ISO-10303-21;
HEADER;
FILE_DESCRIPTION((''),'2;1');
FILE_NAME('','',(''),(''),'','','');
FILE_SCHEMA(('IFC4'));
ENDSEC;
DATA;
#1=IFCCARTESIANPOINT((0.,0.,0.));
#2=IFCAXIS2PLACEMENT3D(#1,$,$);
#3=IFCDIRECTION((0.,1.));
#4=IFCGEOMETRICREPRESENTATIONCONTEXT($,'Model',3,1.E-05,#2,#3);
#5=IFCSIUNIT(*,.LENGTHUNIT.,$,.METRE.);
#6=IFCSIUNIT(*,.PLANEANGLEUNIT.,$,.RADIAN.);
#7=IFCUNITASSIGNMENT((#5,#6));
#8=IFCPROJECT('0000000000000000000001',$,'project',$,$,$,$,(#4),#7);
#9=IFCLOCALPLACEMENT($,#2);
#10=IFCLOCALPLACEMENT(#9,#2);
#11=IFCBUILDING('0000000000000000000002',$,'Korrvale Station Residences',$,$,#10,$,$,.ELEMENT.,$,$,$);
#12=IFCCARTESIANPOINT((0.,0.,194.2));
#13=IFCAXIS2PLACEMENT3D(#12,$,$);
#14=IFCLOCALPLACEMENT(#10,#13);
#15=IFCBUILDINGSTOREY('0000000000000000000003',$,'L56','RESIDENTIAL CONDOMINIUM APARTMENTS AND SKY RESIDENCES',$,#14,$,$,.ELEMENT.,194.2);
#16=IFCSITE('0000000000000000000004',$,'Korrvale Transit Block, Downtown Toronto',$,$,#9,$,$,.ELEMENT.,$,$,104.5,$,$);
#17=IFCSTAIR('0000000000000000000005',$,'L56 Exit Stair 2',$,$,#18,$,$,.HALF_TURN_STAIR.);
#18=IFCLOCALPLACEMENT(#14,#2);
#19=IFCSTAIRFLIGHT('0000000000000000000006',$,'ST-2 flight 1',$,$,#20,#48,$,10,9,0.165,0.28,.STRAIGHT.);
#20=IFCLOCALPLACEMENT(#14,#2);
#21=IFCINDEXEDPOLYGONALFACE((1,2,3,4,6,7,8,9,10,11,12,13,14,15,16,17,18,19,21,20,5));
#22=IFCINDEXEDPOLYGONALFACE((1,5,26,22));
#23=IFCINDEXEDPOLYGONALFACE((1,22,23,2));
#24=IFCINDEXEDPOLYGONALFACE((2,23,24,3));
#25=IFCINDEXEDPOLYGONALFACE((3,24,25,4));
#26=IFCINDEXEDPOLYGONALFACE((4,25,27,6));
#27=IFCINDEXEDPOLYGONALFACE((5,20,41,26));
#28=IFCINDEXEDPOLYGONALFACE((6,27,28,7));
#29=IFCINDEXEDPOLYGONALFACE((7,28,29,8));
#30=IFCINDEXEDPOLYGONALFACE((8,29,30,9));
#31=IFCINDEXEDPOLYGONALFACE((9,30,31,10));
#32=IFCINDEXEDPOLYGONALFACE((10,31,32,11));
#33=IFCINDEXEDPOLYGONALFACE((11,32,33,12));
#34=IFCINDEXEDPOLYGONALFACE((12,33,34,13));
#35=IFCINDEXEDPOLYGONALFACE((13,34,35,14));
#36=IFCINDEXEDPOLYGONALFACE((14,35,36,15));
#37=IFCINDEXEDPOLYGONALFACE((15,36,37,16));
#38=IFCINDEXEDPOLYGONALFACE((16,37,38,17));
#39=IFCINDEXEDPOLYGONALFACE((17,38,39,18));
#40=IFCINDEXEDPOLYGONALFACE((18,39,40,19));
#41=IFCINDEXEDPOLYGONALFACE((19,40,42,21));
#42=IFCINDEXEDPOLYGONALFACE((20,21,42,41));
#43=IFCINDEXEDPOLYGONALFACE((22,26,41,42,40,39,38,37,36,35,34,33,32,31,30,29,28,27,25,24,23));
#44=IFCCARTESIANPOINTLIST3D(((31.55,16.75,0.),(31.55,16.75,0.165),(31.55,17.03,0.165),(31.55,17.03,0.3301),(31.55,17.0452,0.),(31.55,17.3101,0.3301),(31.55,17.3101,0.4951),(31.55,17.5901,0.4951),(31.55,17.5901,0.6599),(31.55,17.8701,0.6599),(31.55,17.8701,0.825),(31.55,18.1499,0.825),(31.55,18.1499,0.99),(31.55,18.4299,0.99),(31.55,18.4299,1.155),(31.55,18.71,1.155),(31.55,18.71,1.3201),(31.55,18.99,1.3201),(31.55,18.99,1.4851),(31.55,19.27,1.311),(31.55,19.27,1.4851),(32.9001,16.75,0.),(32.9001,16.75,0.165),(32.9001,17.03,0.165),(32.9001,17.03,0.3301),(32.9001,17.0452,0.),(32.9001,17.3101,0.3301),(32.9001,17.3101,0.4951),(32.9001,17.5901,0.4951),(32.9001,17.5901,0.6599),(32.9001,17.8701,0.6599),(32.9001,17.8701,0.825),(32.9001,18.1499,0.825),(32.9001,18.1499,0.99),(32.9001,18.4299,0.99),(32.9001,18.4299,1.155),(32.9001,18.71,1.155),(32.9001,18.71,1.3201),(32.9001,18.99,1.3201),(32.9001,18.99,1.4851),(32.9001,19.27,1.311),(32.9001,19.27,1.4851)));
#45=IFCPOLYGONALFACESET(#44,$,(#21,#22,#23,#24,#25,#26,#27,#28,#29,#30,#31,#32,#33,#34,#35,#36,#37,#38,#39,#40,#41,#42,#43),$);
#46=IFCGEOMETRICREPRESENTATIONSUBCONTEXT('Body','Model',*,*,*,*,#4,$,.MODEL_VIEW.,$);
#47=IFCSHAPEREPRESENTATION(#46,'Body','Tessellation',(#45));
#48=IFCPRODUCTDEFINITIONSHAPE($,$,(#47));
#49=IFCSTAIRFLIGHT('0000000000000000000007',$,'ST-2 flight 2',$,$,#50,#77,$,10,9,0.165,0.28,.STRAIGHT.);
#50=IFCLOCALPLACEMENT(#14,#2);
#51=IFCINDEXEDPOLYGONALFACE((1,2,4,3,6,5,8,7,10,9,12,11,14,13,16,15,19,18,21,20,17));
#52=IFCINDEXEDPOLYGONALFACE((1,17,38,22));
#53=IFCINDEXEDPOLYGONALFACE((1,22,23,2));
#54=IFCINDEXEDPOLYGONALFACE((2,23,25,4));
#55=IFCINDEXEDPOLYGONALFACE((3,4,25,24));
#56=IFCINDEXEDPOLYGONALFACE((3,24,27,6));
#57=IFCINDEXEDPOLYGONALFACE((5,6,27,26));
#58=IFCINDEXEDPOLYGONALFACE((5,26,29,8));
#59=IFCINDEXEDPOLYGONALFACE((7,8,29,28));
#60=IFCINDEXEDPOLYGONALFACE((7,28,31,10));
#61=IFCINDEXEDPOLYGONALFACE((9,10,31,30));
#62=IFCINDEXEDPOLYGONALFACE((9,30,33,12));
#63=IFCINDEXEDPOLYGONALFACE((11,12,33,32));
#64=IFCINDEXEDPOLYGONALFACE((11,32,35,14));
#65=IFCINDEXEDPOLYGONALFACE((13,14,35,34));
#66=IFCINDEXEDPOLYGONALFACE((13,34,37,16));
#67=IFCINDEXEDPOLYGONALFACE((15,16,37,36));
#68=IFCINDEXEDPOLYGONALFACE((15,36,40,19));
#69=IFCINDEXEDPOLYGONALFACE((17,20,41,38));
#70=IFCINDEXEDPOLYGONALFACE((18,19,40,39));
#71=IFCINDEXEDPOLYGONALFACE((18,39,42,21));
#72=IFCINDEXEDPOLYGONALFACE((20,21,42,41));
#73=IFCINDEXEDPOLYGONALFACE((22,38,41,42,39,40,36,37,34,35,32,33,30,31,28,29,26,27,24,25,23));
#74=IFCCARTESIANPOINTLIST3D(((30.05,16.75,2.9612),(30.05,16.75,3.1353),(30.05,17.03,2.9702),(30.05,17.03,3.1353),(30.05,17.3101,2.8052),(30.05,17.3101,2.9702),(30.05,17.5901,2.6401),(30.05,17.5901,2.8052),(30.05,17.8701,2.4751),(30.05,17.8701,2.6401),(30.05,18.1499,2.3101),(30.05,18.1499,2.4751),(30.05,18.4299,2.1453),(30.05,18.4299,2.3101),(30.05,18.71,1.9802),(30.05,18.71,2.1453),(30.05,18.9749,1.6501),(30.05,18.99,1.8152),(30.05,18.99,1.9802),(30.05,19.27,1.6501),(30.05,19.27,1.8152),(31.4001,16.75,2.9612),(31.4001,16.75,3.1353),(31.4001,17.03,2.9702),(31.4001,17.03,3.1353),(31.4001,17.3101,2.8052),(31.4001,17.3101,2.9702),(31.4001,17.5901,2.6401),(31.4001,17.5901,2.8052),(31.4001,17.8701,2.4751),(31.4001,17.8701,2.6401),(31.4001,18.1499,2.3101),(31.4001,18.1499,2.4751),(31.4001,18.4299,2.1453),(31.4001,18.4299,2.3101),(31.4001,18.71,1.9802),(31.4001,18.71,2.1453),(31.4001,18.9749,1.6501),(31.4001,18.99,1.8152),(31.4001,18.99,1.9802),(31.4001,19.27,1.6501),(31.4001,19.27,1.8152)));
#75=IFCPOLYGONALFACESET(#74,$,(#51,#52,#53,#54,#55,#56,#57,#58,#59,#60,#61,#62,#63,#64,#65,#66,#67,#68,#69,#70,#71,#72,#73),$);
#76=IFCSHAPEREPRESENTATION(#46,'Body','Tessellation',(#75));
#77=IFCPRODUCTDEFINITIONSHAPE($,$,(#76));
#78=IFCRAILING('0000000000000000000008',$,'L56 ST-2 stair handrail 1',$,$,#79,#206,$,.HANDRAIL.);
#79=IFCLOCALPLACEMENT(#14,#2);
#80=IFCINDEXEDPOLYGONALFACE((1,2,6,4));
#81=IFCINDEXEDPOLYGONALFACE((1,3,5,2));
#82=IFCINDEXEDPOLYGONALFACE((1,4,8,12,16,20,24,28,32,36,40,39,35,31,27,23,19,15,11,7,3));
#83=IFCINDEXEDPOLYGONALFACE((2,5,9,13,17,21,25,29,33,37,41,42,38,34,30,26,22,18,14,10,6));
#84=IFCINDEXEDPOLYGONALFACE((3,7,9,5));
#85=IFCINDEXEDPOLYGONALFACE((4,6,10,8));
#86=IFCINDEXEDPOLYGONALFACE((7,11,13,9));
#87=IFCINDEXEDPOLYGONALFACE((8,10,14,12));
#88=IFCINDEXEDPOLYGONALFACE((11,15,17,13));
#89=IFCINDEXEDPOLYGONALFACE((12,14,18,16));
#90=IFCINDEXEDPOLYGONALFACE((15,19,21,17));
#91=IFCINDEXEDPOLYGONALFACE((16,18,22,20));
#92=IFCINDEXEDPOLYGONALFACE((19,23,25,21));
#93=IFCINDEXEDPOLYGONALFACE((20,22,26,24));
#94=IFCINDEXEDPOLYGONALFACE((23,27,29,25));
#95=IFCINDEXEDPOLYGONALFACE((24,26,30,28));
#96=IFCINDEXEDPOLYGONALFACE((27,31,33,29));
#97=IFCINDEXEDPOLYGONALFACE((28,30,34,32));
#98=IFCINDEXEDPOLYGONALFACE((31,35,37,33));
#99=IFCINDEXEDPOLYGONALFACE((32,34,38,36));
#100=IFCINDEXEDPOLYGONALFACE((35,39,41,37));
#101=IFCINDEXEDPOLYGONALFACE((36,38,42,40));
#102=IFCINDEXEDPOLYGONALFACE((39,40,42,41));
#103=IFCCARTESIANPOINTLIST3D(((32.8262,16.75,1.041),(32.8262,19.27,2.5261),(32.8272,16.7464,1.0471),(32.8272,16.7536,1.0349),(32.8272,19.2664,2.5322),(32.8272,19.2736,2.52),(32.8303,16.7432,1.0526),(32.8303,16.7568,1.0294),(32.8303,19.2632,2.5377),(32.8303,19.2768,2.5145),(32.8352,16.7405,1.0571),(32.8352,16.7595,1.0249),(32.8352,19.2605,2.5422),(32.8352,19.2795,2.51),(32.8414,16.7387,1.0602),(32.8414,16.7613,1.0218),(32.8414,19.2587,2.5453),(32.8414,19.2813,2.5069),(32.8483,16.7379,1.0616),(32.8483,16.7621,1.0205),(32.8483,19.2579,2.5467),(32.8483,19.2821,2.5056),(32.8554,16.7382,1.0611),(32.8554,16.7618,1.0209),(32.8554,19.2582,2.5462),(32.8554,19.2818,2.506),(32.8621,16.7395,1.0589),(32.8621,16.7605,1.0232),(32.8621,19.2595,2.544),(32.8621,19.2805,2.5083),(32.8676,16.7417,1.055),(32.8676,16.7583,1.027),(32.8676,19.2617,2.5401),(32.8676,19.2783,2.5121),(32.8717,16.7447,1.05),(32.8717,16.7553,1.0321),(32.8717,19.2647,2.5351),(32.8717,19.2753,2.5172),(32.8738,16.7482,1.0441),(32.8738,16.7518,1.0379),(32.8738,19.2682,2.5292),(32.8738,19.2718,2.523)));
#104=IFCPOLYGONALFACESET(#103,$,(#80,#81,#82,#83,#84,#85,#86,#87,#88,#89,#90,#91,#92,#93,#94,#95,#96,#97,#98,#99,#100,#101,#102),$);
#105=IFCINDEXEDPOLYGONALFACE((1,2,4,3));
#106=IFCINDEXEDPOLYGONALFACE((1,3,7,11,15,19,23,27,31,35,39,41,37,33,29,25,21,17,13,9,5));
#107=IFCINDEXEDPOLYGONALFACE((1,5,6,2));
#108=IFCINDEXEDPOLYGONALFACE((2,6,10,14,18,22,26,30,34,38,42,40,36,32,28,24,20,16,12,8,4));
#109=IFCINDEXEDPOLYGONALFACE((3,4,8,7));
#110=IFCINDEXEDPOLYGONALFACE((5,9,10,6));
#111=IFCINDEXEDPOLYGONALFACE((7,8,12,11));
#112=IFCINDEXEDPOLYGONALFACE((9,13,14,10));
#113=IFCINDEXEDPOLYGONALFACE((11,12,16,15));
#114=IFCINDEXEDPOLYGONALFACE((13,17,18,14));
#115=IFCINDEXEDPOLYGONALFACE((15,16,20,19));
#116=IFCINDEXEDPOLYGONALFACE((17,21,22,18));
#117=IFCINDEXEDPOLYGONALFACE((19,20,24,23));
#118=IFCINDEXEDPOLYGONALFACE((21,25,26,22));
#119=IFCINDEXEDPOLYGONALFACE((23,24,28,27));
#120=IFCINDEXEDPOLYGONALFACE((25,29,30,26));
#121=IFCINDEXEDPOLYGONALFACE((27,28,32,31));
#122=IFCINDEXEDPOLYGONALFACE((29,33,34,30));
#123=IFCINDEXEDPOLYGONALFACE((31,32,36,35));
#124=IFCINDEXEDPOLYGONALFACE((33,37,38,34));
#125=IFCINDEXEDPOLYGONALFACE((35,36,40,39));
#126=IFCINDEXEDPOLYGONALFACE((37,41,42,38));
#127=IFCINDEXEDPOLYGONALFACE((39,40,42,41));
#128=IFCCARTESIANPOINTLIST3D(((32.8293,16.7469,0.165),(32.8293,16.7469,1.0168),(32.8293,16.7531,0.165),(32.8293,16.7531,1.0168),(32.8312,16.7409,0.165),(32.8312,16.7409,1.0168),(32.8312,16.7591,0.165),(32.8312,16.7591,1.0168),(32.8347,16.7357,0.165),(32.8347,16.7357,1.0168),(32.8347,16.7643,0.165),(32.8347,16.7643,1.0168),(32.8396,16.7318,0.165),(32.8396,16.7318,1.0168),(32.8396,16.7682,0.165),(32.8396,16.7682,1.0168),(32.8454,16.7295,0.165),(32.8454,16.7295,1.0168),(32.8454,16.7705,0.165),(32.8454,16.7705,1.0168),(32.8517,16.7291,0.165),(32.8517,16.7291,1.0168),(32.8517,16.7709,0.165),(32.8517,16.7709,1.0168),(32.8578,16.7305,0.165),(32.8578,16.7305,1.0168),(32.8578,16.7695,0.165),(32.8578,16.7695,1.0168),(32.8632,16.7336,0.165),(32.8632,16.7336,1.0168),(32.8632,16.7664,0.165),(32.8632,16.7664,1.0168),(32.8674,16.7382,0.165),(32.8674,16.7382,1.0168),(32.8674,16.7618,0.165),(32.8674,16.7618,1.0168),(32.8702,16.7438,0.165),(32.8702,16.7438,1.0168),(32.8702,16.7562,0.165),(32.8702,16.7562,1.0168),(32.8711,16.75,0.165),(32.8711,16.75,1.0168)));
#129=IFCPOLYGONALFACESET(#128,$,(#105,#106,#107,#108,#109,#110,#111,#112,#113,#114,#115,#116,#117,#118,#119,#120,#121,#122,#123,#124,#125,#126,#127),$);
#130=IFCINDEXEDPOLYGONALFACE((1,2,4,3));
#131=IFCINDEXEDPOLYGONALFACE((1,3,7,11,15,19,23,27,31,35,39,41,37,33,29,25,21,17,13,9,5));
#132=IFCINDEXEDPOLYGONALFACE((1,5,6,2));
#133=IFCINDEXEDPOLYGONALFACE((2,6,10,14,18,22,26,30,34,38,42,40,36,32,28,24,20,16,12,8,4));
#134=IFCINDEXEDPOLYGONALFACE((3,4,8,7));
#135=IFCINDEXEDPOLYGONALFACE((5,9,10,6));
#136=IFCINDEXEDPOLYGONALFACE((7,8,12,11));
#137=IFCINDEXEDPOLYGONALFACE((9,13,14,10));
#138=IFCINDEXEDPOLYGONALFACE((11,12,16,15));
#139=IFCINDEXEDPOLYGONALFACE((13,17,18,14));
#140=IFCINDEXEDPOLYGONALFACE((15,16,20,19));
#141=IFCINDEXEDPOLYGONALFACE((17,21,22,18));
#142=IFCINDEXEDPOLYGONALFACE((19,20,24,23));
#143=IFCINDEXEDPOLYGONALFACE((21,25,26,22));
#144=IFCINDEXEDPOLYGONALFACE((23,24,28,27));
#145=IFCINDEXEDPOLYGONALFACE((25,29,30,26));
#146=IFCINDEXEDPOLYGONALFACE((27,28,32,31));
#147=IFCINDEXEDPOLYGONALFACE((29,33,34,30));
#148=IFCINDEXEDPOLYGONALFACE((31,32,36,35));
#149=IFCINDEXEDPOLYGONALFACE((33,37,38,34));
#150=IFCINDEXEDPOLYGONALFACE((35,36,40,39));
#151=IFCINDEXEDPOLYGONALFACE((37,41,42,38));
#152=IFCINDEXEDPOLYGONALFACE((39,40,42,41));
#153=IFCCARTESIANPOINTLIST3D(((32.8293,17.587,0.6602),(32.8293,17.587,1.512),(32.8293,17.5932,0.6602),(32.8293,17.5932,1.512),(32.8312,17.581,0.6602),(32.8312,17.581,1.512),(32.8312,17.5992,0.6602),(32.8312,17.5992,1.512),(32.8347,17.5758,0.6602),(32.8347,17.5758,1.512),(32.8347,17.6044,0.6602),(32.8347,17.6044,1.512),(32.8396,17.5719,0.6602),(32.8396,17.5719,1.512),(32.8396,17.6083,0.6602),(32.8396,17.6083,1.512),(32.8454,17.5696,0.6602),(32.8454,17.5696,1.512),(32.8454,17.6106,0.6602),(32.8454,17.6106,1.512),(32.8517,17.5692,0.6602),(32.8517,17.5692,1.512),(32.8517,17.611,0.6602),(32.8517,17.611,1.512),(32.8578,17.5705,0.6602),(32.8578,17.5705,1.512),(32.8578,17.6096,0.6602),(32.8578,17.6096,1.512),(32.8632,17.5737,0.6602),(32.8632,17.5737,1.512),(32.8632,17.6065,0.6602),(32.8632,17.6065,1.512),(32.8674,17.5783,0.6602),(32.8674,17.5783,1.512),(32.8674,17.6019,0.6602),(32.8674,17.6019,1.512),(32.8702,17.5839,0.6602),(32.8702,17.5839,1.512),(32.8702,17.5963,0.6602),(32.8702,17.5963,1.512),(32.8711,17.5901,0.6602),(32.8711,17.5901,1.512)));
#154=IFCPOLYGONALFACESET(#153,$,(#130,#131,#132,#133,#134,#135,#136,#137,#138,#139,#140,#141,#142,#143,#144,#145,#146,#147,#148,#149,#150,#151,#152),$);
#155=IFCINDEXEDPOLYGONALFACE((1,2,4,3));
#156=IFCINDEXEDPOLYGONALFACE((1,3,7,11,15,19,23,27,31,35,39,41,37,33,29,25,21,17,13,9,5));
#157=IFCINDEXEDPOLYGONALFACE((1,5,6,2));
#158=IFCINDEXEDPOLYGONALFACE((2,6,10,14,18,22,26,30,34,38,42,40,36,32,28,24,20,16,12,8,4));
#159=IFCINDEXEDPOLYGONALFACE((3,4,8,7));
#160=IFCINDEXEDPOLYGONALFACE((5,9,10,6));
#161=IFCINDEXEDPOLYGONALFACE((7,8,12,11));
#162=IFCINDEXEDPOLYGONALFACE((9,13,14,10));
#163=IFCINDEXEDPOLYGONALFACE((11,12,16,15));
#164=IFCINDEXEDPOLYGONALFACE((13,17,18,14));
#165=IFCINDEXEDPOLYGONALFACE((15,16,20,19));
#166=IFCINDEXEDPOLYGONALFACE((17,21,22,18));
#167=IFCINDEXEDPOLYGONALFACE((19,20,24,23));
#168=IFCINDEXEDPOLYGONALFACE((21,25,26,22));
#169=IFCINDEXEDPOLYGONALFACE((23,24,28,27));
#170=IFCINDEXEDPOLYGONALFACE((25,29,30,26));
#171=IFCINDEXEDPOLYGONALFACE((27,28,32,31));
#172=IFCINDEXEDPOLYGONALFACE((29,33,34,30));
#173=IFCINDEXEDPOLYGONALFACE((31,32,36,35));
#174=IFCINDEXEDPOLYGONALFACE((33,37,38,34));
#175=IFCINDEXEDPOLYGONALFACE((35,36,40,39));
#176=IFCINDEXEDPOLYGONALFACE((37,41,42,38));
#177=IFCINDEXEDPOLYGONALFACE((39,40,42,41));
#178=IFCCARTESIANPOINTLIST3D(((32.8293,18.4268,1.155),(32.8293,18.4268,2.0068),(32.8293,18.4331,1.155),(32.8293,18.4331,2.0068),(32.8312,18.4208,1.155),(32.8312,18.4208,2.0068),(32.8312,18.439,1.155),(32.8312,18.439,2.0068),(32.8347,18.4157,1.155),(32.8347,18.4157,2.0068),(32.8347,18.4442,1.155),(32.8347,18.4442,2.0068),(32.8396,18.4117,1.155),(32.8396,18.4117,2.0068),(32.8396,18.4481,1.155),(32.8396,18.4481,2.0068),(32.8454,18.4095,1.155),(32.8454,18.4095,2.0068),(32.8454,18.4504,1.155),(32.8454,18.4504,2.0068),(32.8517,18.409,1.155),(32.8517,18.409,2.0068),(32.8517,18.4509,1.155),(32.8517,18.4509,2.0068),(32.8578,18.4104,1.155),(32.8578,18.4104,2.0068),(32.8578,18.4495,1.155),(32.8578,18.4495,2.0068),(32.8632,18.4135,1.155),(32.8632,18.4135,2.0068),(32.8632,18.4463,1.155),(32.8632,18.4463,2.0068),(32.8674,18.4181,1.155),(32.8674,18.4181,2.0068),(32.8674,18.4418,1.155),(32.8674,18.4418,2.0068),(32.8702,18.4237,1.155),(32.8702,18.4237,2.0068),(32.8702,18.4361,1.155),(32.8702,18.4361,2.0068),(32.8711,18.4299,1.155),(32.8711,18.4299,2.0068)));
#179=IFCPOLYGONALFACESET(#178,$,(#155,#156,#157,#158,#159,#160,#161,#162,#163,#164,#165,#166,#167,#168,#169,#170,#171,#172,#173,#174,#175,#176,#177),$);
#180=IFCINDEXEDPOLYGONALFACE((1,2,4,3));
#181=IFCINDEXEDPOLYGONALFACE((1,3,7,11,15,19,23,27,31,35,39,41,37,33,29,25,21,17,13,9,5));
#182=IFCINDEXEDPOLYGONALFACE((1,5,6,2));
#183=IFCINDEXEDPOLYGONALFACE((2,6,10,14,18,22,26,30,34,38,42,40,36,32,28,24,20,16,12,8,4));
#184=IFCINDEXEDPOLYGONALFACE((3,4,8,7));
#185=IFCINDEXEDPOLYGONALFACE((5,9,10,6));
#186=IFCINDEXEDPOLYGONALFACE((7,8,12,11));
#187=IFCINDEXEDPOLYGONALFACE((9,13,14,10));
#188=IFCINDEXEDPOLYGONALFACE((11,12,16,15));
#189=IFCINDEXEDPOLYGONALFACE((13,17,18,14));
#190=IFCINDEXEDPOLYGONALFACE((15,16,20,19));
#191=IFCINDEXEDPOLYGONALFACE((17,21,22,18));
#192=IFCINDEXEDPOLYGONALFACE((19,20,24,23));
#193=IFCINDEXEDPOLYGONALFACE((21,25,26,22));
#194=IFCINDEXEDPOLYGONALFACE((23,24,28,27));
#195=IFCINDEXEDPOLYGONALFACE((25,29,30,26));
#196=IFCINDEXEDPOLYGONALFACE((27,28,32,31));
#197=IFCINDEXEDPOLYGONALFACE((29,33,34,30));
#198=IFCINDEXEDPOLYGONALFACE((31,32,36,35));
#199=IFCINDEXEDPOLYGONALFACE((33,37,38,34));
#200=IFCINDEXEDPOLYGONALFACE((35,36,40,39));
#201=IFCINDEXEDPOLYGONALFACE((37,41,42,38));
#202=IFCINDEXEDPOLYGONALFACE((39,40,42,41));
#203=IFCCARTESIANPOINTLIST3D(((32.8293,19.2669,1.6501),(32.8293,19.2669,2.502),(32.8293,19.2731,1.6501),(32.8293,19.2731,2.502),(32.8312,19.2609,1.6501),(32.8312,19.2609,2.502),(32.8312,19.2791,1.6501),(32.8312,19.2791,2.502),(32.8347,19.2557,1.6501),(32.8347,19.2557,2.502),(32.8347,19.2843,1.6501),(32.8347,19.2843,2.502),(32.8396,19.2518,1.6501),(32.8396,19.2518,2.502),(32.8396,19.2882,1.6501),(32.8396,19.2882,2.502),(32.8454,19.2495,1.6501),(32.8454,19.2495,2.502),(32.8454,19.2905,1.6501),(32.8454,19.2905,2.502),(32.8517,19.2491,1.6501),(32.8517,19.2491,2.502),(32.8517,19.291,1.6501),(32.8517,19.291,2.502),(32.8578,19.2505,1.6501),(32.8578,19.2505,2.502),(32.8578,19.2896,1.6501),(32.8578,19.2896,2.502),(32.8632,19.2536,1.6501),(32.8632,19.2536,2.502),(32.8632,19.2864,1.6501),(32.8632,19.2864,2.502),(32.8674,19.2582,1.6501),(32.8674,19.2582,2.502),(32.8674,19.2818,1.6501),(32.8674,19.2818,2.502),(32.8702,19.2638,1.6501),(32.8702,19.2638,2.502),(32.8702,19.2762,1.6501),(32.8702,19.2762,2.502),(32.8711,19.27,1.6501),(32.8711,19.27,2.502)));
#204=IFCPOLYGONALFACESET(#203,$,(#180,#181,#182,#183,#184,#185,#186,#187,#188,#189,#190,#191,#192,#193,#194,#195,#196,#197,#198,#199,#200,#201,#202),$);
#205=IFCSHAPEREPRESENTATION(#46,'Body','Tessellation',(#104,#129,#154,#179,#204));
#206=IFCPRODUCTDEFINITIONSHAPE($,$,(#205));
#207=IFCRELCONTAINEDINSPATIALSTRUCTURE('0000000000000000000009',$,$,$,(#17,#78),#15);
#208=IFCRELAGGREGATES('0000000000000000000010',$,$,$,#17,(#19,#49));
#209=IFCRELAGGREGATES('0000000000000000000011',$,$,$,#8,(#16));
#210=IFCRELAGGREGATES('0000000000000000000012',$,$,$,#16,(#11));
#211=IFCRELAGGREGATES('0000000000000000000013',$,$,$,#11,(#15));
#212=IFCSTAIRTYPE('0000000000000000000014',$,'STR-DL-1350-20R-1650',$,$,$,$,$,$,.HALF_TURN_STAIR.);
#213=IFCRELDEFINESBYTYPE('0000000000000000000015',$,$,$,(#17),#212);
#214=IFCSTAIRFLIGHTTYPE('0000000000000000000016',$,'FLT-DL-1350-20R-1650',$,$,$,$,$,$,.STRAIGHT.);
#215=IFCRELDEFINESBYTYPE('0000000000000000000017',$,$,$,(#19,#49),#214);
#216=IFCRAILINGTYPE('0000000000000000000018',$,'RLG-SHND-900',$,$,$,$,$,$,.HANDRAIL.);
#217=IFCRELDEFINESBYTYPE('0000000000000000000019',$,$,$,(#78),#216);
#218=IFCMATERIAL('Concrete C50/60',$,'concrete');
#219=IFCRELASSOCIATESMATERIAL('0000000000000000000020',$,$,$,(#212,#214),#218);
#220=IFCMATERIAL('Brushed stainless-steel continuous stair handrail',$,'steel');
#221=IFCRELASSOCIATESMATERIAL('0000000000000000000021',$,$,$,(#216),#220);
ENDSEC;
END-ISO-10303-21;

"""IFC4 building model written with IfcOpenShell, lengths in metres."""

from ifc_helpers import new_model, si_unit, direction, frame, origin, origin_2d, place, context, subcontext, project, spatial, polyline, circle, outline, extrude, material, type_object, element, aggregate, save


model = new_model("IFC4")

# Units and contexts
model_context = context("Model", 3, precision=1e-05, world=origin(), true_north=direction((0.0, 1.0)))
body_context = subcontext(model_context, "Body", "Model", "MODEL_VIEW")
ifc_project = project(units=[si_unit("LENGTHUNIT", "METRE"), si_unit("PLANEANGLEUNIT", "RADIAN")], contexts=[model_context])

# Site, building, storey
site_placement = place(None, origin())
site = spatial("IfcSite", under=ifc_project, at=site_placement, Name="Korrvale Transit Block, Downtown Toronto", CompositionType="ELEMENT", RefElevation=104.5)
building_placement = place(site_placement, origin())
building = spatial("IfcBuilding", under=site, at=building_placement, Name="Korrvale Station Residences", CompositionType="ELEMENT")
storey_placement = place(building_placement, frame((0.0, 0.0, 194.2)))
storey = spatial("IfcBuildingStorey", under=building, at=storey_placement, Name="L56", Description="RESIDENTIAL CONDOMINIUM APARTMENTS AND SKY RESIDENCES", CompositionType="ELEMENT", Elevation=194.2)

# Shared definitions
ifc_material_1 = material(Name="Concrete C50/60", Category="concrete")

# Stair, stair flights
stair_type = type_object("IfcStairType", Name="STR-DL-1350-20R-1650", PredefinedType="HALF_TURN_STAIR", material=ifc_material_1)
stair_placement = place(storey_placement, origin())
stair = element("IfcStair", 1, at=stair_placement, inside=storey, type_object=stair_type, Name="L56 Exit Stair 2", PredefinedType="HALF_TURN_STAIR")
stair_flight_type = type_object("IfcStairFlightType", Name="FLT-DL-1350-20R-1650", PredefinedType="STRAIGHT", material=ifc_material_1)
stair_flight_1_placement = place(storey_placement, frame((32.2251, 16.75, 0.0), z_axis=(0.0, 0.0, 1.0), x_axis=(0.0, 1.0, 0.0)))
stair_flight_1 = element("IfcStairFlight", 2, at=stair_flight_1_placement, type_object=stair_flight_type, Name="ST-2 flight 1", NumberOfRisers=10, NumberOfTreads=9, PredefinedType="STRAIGHT", RiserHeight=0.165, TreadLength=0.28, context=body_context, shape_type="SweptSolid", body=[
    extrude(outline(polyline([(0.0, 0.0), (0.0, 0.165), (0.28, 0.165), (0.28, 0.3301), (0.5601, 0.3301), (0.5601, 0.4951), (0.8401, 0.4951), (0.8401, 0.6599), (1.1201, 0.6599), (1.1201, 0.825), (1.3999, 0.825), (1.3999, 0.99), (1.6799, 0.99), (1.6799, 1.155), (1.96, 1.155), (1.96, 1.3201), (2.24, 1.3201), (2.24, 1.4851), (2.52, 1.4851), (2.52, 1.6499), (2.52, 1.311), (0.2952, 0.0), (0.0, 0.0)])), frame((0.0, 0.675, 0.0), z_axis=(0.0, -1.0, 0.0), x_axis=(1.0, 0.0, 0.0)), (0.0, 0.0, 1.0), 1.3501),
])
stair_flight_2_placement = place(storey_placement, frame((30.7251, 19.27, 1.6501), z_axis=(0.0, 0.0, 1.0), x_axis=(0.0, -1.0, 0.0)))
stair_flight_2 = element("IfcStairFlight", 3, at=stair_flight_2_placement, type_object=stair_flight_type, Name="ST-2 flight 2", NumberOfRisers=10, NumberOfTreads=9, PredefinedType="STRAIGHT", RiserHeight=0.165, TreadLength=0.28, context=body_context, shape_type="SweptSolid", body=[
    extrude(outline(polyline([(0.0, 0.0), (0.0, 0.165), (0.28, 0.165), (0.28, 0.3301), (0.5601, 0.3301), (0.5601, 0.4951), (0.8401, 0.4951), (0.8401, 0.6599), (1.1201, 0.6599), (1.1201, 0.825), (1.3999, 0.825), (1.3999, 0.99), (1.6799, 0.99), (1.6799, 1.155), (1.96, 1.155), (1.96, 1.3201), (2.24, 1.3201), (2.24, 1.4851), (2.52, 1.4851), (2.52, 1.6499), (2.52, 1.311), (0.2952, 0.0), (0.0, 0.0)])), frame((0.0, 0.675, 0.0), z_axis=(0.0, -1.0, 0.0), x_axis=(1.0, 0.0, 0.0)), (0.0, 0.0, 1.0), 1.3501),
])
aggregate(stair, [stair_flight_1, stair_flight_2])

# Railing
ifc_material_2 = material(Name="Brushed stainless-steel continuous stair handrail", Category="steel")
railing_type_1 = type_object("IfcRailingType", Name="RLG-SHND-900", PredefinedType="HANDRAIL", material=ifc_material_2)
railing_1_placement = place(storey_placement, frame((32.8501, 16.75, 0.165)))
element("IfcRailing", 4, at=railing_1_placement, inside=storey, type_object=railing_type_1, Name="L56 ST-2 stair handrail 1", PredefinedType="HANDRAIL", context=body_context, shape_type="SweptSolid", body=[
    extrude(circle(Radius=0.0239, at=origin_2d()), frame((0.0, 0.0, 0.876), z_axis=(0.0, 0.861524, 0.507717), x_axis=(-1.0, 0.0, 0.0)), (0.0, 0.0, 1.0), 2.925),
    extrude(circle(Radius=0.021, at=origin_2d()), origin(), (0.0, 0.0, 1.0), 0.8518),
    extrude(circle(Radius=0.021, at=origin_2d()), frame((0.0, 0.8401, 0.4951)), (0.0, 0.0, 1.0), 0.8518),
    extrude(circle(Radius=0.021, at=origin_2d()), frame((0.0, 1.6799, 0.99)), (0.0, 0.0, 1.0), 0.8518),
    extrude(circle(Radius=0.021, at=origin_2d()), frame((0.0, 2.52, 1.4851)), (0.0, 0.0, 1.0), 0.8518),
])

save(model, "model.ifc")
